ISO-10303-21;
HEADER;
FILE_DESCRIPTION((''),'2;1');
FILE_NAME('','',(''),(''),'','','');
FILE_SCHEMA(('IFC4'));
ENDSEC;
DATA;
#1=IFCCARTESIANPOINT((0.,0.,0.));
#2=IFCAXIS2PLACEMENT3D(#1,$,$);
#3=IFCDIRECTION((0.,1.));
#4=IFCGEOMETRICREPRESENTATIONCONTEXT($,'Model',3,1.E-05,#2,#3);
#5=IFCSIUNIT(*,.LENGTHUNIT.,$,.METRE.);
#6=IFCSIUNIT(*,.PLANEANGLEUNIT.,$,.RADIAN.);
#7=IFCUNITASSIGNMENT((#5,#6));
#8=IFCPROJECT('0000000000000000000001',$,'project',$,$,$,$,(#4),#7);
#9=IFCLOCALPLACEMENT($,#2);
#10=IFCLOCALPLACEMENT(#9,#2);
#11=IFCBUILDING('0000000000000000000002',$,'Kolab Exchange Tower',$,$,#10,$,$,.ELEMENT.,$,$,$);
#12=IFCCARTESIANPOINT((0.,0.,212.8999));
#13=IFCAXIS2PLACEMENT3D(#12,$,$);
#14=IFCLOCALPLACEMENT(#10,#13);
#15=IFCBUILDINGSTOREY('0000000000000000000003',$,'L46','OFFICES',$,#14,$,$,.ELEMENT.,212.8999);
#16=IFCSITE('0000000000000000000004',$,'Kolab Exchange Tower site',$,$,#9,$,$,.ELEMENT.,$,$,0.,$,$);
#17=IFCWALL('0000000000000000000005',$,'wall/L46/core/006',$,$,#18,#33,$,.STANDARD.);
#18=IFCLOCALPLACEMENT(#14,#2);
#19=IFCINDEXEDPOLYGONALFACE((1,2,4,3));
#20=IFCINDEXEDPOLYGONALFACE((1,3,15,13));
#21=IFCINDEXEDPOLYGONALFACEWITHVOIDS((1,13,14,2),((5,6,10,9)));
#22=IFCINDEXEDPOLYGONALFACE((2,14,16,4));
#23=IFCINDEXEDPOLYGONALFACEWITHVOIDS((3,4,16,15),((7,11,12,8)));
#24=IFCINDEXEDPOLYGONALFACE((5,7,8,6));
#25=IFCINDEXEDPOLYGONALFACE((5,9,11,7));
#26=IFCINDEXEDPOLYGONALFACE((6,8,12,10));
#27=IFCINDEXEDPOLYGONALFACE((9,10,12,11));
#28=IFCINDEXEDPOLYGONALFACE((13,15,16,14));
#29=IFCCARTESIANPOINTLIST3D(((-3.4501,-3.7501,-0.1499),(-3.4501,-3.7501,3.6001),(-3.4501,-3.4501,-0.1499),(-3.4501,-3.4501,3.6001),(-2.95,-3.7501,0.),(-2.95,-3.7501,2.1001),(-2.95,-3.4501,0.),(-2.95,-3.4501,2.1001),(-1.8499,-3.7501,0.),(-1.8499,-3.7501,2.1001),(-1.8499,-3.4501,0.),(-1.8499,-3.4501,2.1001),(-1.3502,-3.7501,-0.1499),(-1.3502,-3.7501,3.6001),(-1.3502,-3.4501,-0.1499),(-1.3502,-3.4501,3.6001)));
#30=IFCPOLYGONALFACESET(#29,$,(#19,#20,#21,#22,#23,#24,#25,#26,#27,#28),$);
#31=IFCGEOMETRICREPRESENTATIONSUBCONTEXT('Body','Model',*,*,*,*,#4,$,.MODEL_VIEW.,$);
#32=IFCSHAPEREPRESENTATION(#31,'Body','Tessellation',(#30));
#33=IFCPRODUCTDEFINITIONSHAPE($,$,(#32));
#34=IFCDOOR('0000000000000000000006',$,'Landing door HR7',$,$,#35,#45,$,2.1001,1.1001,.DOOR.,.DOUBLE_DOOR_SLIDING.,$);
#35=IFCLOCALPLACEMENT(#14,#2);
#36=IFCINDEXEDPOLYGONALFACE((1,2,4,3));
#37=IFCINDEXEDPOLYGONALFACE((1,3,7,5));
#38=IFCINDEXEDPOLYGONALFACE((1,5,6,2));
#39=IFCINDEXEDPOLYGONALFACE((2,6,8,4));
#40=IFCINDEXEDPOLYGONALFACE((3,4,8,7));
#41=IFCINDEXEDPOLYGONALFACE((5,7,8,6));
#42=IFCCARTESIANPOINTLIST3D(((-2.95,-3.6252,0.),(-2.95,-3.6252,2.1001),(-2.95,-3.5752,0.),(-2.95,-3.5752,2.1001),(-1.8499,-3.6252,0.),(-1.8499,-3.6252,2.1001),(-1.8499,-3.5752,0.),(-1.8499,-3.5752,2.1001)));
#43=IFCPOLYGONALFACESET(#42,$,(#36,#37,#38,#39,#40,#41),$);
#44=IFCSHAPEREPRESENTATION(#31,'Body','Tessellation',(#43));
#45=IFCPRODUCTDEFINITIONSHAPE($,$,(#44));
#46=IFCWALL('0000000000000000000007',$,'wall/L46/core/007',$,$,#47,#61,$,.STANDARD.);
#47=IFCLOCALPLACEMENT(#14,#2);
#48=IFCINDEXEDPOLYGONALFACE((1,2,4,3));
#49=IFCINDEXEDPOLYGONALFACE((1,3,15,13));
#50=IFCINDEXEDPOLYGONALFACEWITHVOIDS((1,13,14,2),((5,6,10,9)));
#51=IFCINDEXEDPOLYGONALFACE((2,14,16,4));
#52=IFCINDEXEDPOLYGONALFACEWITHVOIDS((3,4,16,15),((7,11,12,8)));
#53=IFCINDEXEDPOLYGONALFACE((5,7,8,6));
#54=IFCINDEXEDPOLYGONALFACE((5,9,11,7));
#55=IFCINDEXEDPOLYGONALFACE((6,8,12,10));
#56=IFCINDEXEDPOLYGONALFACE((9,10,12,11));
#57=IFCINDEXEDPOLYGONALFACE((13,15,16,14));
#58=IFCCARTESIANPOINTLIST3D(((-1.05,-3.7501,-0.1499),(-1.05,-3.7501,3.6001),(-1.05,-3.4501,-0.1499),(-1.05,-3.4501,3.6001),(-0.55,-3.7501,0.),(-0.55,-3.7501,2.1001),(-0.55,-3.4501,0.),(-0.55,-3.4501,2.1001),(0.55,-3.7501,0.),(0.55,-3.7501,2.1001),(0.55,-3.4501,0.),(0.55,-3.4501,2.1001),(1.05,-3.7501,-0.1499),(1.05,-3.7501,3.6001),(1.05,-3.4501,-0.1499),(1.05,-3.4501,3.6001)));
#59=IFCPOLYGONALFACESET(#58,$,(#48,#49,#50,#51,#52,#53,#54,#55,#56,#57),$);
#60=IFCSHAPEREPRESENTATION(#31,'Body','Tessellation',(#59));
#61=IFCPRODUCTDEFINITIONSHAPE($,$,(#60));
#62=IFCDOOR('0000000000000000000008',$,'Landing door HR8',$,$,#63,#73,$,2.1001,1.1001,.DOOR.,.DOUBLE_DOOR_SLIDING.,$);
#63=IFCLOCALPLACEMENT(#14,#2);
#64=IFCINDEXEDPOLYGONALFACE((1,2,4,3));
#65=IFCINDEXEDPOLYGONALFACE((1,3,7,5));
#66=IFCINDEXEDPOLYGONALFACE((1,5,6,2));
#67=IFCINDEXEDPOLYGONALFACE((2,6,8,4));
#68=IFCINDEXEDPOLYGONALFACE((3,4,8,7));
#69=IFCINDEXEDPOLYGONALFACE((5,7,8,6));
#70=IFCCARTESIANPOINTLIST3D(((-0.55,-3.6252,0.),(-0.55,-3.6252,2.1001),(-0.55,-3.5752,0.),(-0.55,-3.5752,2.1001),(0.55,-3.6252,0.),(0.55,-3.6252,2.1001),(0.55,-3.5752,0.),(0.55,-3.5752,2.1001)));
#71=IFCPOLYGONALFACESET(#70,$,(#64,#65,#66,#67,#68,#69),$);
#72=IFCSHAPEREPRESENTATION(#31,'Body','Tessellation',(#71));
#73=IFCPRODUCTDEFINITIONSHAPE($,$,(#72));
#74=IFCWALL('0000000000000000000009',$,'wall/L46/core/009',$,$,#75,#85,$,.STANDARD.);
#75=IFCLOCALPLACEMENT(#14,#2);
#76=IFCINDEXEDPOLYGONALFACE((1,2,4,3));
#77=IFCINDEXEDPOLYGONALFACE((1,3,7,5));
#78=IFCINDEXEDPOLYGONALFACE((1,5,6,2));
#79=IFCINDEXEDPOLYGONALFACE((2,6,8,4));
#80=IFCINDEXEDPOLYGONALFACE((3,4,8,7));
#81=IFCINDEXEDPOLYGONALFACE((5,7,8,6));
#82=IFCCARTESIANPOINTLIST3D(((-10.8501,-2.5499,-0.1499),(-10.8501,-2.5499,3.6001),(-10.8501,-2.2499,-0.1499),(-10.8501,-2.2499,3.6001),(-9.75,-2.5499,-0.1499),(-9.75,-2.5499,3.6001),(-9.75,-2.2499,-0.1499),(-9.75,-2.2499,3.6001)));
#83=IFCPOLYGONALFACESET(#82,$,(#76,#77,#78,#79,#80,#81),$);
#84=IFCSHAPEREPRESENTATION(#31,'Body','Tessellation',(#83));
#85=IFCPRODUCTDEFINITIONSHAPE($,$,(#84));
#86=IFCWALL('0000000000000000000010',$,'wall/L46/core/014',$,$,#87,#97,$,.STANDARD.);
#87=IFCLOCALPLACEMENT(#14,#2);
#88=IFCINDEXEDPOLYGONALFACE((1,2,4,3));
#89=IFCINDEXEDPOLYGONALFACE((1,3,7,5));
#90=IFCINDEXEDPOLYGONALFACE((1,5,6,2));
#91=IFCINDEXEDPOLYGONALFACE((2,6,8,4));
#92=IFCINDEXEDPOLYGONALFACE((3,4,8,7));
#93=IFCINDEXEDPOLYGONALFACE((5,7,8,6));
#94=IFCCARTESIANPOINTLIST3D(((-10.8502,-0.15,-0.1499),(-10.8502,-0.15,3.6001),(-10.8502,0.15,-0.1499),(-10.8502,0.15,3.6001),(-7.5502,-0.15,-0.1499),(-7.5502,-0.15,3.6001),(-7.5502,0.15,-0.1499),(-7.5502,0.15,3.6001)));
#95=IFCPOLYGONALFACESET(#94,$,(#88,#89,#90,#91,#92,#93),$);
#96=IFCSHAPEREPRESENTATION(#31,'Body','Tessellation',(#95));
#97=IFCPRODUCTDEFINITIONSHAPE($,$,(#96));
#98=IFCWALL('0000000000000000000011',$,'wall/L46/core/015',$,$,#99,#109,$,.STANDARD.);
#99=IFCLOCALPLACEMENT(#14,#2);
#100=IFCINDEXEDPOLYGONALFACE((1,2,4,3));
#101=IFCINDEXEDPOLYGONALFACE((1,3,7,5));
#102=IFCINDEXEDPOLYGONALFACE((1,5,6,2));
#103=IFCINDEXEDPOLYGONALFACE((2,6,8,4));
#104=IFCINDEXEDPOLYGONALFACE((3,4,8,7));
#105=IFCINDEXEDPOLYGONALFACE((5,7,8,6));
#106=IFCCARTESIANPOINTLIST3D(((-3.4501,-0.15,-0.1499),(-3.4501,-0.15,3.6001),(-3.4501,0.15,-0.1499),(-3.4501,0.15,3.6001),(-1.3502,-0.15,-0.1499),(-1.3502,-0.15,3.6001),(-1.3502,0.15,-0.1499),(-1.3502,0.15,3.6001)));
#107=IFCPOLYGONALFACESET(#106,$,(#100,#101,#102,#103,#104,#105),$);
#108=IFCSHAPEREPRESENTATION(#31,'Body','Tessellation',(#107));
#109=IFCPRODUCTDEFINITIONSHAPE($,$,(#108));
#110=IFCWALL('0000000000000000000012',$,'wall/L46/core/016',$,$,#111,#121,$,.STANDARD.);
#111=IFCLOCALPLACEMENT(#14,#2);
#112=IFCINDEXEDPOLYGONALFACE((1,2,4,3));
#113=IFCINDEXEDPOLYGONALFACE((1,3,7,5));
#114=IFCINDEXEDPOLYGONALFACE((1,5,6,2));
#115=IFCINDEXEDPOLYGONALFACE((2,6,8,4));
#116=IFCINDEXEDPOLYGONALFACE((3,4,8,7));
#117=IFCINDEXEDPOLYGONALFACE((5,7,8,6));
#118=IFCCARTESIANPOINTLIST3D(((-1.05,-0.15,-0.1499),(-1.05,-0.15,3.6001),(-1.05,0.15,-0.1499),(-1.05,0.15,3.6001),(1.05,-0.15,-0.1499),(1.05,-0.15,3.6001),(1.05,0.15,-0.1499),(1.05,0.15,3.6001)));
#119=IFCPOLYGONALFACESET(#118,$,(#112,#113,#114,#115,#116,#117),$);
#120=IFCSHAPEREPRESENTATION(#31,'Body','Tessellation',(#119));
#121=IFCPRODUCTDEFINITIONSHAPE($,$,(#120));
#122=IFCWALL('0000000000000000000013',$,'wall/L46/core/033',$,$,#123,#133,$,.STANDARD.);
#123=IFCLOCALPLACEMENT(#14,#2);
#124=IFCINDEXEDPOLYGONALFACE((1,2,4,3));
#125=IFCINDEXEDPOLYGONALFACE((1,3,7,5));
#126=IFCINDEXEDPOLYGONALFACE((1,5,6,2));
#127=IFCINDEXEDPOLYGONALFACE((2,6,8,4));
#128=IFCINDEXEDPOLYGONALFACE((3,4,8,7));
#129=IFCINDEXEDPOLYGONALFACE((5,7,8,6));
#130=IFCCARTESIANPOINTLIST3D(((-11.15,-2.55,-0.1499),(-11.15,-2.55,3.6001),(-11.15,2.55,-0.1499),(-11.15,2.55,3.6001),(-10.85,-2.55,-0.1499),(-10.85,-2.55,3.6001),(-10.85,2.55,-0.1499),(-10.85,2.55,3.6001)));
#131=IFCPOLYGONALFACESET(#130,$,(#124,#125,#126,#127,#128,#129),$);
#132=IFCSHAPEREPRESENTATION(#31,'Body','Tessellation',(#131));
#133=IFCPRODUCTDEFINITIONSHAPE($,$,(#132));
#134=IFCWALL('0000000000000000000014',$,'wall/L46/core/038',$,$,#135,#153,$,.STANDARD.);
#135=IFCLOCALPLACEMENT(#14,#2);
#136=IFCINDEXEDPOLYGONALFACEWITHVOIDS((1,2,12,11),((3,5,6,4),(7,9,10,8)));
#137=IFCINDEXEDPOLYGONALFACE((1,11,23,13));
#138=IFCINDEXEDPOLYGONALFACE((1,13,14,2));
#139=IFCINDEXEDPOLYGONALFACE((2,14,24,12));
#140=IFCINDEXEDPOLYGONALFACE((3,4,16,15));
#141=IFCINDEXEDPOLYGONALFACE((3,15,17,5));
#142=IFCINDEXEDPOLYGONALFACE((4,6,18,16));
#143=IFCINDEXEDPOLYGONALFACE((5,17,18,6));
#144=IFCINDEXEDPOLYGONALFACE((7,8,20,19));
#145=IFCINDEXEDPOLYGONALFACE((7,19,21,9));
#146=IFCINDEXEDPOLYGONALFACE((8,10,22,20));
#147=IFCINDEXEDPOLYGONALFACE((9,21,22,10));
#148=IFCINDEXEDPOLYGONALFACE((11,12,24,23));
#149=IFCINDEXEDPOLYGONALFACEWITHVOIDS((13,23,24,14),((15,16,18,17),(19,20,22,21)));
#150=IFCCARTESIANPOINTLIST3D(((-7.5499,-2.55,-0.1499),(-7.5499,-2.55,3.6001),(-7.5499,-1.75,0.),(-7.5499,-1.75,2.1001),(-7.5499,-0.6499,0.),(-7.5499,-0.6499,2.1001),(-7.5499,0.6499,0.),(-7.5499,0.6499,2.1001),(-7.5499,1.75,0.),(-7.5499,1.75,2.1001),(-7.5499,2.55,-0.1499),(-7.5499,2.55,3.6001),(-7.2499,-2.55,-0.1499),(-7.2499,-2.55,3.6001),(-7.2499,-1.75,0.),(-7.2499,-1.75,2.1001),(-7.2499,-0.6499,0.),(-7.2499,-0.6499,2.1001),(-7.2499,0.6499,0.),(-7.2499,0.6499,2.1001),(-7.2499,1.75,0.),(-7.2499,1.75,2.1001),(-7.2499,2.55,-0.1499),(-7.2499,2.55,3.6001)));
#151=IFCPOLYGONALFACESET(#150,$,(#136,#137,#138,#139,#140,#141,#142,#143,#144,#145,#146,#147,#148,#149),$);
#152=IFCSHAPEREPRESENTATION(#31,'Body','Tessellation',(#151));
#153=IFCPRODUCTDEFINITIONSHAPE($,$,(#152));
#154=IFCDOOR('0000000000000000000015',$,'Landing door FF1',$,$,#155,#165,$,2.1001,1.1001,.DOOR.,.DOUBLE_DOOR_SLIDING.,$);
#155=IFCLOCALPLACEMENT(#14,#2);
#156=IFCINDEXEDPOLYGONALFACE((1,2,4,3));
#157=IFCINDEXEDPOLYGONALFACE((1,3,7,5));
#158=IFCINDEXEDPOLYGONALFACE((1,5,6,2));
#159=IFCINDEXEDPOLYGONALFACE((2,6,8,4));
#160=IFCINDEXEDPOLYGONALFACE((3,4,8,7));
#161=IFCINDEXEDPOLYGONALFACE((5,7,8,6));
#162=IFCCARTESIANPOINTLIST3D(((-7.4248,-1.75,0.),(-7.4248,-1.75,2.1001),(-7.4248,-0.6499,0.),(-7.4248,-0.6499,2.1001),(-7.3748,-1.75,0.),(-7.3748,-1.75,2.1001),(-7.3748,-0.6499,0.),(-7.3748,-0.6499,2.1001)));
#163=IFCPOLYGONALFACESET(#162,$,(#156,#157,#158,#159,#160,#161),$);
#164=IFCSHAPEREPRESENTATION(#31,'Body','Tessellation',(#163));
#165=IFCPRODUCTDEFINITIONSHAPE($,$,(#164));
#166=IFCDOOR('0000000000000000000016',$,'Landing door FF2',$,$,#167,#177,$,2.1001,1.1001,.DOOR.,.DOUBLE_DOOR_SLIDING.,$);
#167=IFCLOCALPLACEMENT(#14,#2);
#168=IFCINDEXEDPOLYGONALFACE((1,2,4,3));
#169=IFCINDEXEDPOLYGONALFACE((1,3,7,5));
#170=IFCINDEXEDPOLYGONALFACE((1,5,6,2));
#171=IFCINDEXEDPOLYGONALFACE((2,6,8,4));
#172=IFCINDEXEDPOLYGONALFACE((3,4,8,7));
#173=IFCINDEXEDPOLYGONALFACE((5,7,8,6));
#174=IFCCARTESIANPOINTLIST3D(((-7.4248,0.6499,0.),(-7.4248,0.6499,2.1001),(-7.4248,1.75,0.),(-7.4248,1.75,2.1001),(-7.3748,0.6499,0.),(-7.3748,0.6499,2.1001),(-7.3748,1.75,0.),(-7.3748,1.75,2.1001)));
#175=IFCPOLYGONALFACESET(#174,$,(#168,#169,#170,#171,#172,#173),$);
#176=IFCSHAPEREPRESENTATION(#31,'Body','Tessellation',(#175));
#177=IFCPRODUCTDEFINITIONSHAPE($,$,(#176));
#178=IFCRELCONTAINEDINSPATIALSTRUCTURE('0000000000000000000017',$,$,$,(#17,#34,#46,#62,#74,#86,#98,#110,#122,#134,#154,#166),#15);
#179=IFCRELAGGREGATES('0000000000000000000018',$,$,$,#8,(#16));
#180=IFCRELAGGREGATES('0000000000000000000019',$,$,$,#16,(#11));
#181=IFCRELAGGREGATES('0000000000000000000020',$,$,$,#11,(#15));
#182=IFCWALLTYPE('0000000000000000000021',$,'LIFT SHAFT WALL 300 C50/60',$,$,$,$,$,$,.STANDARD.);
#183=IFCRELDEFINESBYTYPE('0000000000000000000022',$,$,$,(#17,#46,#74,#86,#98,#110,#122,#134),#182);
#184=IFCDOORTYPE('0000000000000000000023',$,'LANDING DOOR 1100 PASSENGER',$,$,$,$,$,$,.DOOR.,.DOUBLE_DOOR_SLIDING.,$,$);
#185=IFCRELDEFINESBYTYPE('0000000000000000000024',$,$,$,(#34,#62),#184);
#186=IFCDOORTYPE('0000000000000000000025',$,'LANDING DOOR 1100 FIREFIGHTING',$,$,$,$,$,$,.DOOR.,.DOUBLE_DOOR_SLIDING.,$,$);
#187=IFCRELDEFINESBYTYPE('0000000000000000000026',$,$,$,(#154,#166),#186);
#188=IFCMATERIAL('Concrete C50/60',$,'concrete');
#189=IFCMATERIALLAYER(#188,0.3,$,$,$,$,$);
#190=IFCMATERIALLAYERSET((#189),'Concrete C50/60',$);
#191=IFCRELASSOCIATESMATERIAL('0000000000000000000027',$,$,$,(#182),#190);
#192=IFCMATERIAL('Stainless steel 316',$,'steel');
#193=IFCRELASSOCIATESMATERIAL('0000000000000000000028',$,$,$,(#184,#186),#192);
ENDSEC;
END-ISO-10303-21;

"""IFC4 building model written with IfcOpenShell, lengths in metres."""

from ifc_helpers import new_model, si_unit, direction, frame, frame_2d, origin, place, context, subcontext, project, spatial, rectangle, extrude, material, layer, layer_set, type_object, element, fill, save


model = new_model("IFC4")

# Units and contexts
model_context = context("Model", 3, precision=1e-05, world=origin(), true_north=direction((0.0, 1.0)))
body_context = subcontext(model_context, "Body", "Model", "MODEL_VIEW")
ifc_project = project(units=[si_unit("LENGTHUNIT", "METRE"), si_unit("PLANEANGLEUNIT", "RADIAN")], contexts=[model_context])

# Site, building, storey
site_placement = place(None, origin())
site = spatial("IfcSite", under=ifc_project, at=site_placement, Name="Kolab Exchange Tower site", CompositionType="ELEMENT", RefElevation=0.0)
building_placement = place(site_placement, origin())
building = spatial("IfcBuilding", under=site, at=building_placement, Name="Kolab Exchange Tower", CompositionType="ELEMENT")
storey_placement = place(building_placement, frame((0.0, 0.0, 212.8999)))
storey = spatial("IfcBuildingStorey", under=building, at=storey_placement, Name="L46", Description="OFFICES", CompositionType="ELEMENT", Elevation=212.8999)

# Walls, openings, doors
ifc_material_1 = material(Name="Concrete C50/60", Category="concrete")
ifc_layer_1 = layer(ifc_material_1, 0.3)
ifc_layer_set_1 = layer_set([ifc_layer_1], Name="Concrete C50/60")
wall_type_1 = type_object("IfcWallType", Name="LIFT SHAFT WALL 300 C50/60", PredefinedType="STANDARD", material=ifc_layer_set_1)
wall_1_placement = place(storey_placement, frame((-3.45, -3.6001, -0.1499), z_axis=(0.0, 0.0, 1.0), x_axis=(1.0, 0.0, 0.0)))
wall_1 = element("IfcWall", 1, at=wall_1_placement, inside=storey, type_object=wall_type_1, Name="wall/L46/core/006", PredefinedType="STANDARD", context=body_context, shape_type="SweptSolid", body=[
    extrude(rectangle(XDim=2.0999, YDim=0.3, at=frame_2d((1.0498, 0.0))), origin(), (0.0, 0.0, 1.0), 3.75),
])
opening_1_placement = place(wall_1_placement, frame((0.5, 0.0, 0.1499)))
opening_1 = element("IfcOpeningElement", 2, at=opening_1_placement, cuts=wall_1, PredefinedType="OPENING", context=body_context, shape_type="SweptSolid", body=[
    extrude(rectangle(XDim=1.1001, YDim=2.1001, at=frame_2d((0.55, 1.05))), frame((0.0, 0.1602, 0.0), z_axis=(0.0, -1.0, 0.0), x_axis=(1.0, 0.0, 0.0)), (0.0, 0.0, 1.0), 0.3201),
])
ifc_material_2 = material(Name="Stainless steel 316", Category="steel")
door_type_1 = type_object("IfcDoorType", Name="LANDING DOOR 1100 PASSENGER", OperationType="DOUBLE_DOOR_SLIDING", PredefinedType="DOOR", material=ifc_material_2)
door_1_placement = place(opening_1_placement, origin())
door_1 = element("IfcDoor", 3, at=door_1_placement, inside=storey, type_object=door_type_1, Name="Landing door HR7", OperationType="DOUBLE_DOOR_SLIDING", OverallHeight=2.1001, OverallWidth=1.1001, PredefinedType="DOOR", context=body_context, shape_type="SweptSolid", body=[
    extrude(rectangle(XDim=1.1001, YDim=2.1001, at=frame_2d((0.55, 1.05))), frame((0.0, 0.0249, 0.0), z_axis=(0.0, -1.0, 0.0), x_axis=(1.0, 0.0, 0.0)), (0.0, 0.0, 1.0), 0.05),
])
fill(opening_1, door_1)
wall_2_placement = place(storey_placement, frame((-1.05, -3.6001, -0.1499), z_axis=(0.0, 0.0, 1.0), x_axis=(1.0, 0.0, 0.0)))
wall_2 = element("IfcWall", 4, at=wall_2_placement, inside=storey, type_object=wall_type_1, Name="wall/L46/core/007", PredefinedType="STANDARD", context=body_context, shape_type="SweptSolid", body=[
    extrude(rectangle(XDim=2.1001, YDim=0.3, at=frame_2d((1.05, 0.0))), origin(), (0.0, 0.0, 1.0), 3.75),
])
opening_2_placement = place(wall_2_placement, frame((0.5, 0.0, 0.1499)))
opening_2 = element("IfcOpeningElement", 5, at=opening_2_placement, cuts=wall_2, PredefinedType="OPENING", context=body_context, shape_type="SweptSolid", body=[
    extrude(rectangle(XDim=1.1001, YDim=2.1001, at=frame_2d((0.55, 1.05))), frame((0.0, 0.1602, 0.0), z_axis=(0.0, -1.0, 0.0), x_axis=(1.0, 0.0, 0.0)), (0.0, 0.0, 1.0), 0.3201),
])
door_2_placement = place(opening_2_placement, origin())
door_2 = element("IfcDoor", 6, at=door_2_placement, inside=storey, type_object=door_type_1, Name="Landing door HR8", OperationType="DOUBLE_DOOR_SLIDING", OverallHeight=2.1001, OverallWidth=1.1001, PredefinedType="DOOR", context=body_context, shape_type="SweptSolid", body=[
    extrude(rectangle(XDim=1.1001, YDim=2.1001, at=frame_2d((0.55, 1.05))), frame((0.0, 0.0249, 0.0), z_axis=(0.0, -1.0, 0.0), x_axis=(1.0, 0.0, 0.0)), (0.0, 0.0, 1.0), 0.05),
])
fill(opening_2, door_2)

# Walls
wall_3_placement = place(storey_placement, frame((-10.8501, -2.3999, -0.1499), z_axis=(0.0, 0.0, 1.0), x_axis=(1.0, 0.0, 0.0)))
element("IfcWall", 7, at=wall_3_placement, inside=storey, type_object=wall_type_1, Name="wall/L46/core/009", PredefinedType="STANDARD", context=body_context, shape_type="SweptSolid", body=[
    extrude(rectangle(XDim=1.1001, YDim=0.3, at=frame_2d((0.55, 0.0))), origin(), (0.0, 0.0, 1.0), 3.75),
])
wall_4_placement = place(storey_placement, frame((-10.8501, 0.0, -0.1499), z_axis=(0.0, 0.0, 1.0), x_axis=(1.0, 0.0, 0.0)))
element("IfcWall", 8, at=wall_4_placement, inside=storey, type_object=wall_type_1, Name="wall/L46/core/014", PredefinedType="STANDARD", context=body_context, shape_type="SweptSolid", body=[
    extrude(rectangle(XDim=3.3, YDim=0.3, at=frame_2d((1.6499, 0.0))), origin(), (0.0, 0.0, 1.0), 3.75),
])
wall_5_placement = place(storey_placement, frame((-3.45, 0.0, -0.1499), z_axis=(0.0, 0.0, 1.0), x_axis=(1.0, 0.0, 0.0)))
element("IfcWall", 9, at=wall_5_placement, inside=storey, type_object=wall_type_1, Name="wall/L46/core/015", PredefinedType="STANDARD", context=body_context, shape_type="SweptSolid", body=[
    extrude(rectangle(XDim=2.0999, YDim=0.3, at=frame_2d((1.0498, 0.0))), origin(), (0.0, 0.0, 1.0), 3.75),
])
wall_6_placement = place(storey_placement, frame((-1.05, 0.0, -0.1499), z_axis=(0.0, 0.0, 1.0), x_axis=(1.0, 0.0, 0.0)))
element("IfcWall", 10, at=wall_6_placement, inside=storey, type_object=wall_type_1, Name="wall/L46/core/016", PredefinedType="STANDARD", context=body_context, shape_type="SweptSolid", body=[
    extrude(rectangle(XDim=2.1001, YDim=0.3, at=frame_2d((1.05, 0.0))), origin(), (0.0, 0.0, 1.0), 3.75),
])
wall_7_placement = place(storey_placement, frame((-11.0, -2.55, -0.1499), z_axis=(0.0, 0.0, 1.0), x_axis=(0.0, 1.0, 0.0)))
element("IfcWall", 11, at=wall_7_placement, inside=storey, type_object=wall_type_1, Name="wall/L46/core/033", PredefinedType="STANDARD", context=body_context, shape_type="SweptSolid", body=[
    extrude(rectangle(XDim=5.1001, YDim=0.3, at=frame_2d((2.55, 0.0))), origin(), (0.0, 0.0, 1.0), 3.75),
])

# Wall, openings, doors
wall_8_placement = place(storey_placement, frame((-7.3999, -2.55, -0.1499), z_axis=(0.0, 0.0, 1.0), x_axis=(0.0, 1.0, 0.0)))
wall_8 = element("IfcWall", 12, at=wall_8_placement, inside=storey, type_object=wall_type_1, Name="wall/L46/core/038", PredefinedType="STANDARD", context=body_context, shape_type="SweptSolid", body=[
    extrude(rectangle(XDim=5.1001, YDim=0.3, at=frame_2d((2.55, 0.0))), origin(), (0.0, 0.0, 1.0), 3.75),
])
opening_3_placement = place(wall_8_placement, frame((0.8, 0.0, 0.1499)))
opening_3 = element("IfcOpeningElement", 13, at=opening_3_placement, cuts=wall_8, PredefinedType="OPENING", context=body_context, shape_type="SweptSolid", body=[
    extrude(rectangle(XDim=1.1001, YDim=2.1001, at=frame_2d((0.55, 1.05))), frame((0.0, 0.1602, 0.0), z_axis=(0.0, -1.0, 0.0), x_axis=(1.0, 0.0, 0.0)), (0.0, 0.0, 1.0), 0.3201),
])
opening_4_placement = place(wall_8_placement, frame((3.2, 0.0, 0.1499)))
opening_4 = element("IfcOpeningElement", 14, at=opening_4_placement, cuts=wall_8, PredefinedType="OPENING", context=body_context, shape_type="SweptSolid", body=[
    extrude(rectangle(XDim=1.1001, YDim=2.1001, at=frame_2d((0.55, 1.05))), frame((0.0, 0.1602, 0.0), z_axis=(0.0, -1.0, 0.0), x_axis=(1.0, 0.0, 0.0)), (0.0, 0.0, 1.0), 0.3201),
])
door_type_2 = type_object("IfcDoorType", Name="LANDING DOOR 1100 FIREFIGHTING", OperationType="DOUBLE_DOOR_SLIDING", PredefinedType="DOOR", material=ifc_material_2)
door_3_placement = place(opening_3_placement, origin())
door_3 = element("IfcDoor", 15, at=door_3_placement, inside=storey, type_object=door_type_2, Name="Landing door FF1", OperationType="DOUBLE_DOOR_SLIDING", OverallHeight=2.1001, OverallWidth=1.1001, PredefinedType="DOOR", context=body_context, shape_type="SweptSolid", body=[
    extrude(rectangle(XDim=1.1001, YDim=2.1001, at=frame_2d((0.55, 1.05))), frame((0.0, 0.0249, 0.0), z_axis=(0.0, -1.0, 0.0), x_axis=(1.0, 0.0, 0.0)), (0.0, 0.0, 1.0), 0.05),
])
fill(opening_3, door_3)
door_4_placement = place(opening_4_placement, origin())
door_4 = element("IfcDoor", 16, at=door_4_placement, inside=storey, type_object=door_type_2, Name="Landing door FF2", OperationType="DOUBLE_DOOR_SLIDING", OverallHeight=2.1001, OverallWidth=1.1001, PredefinedType="DOOR", context=body_context, shape_type="SweptSolid", body=[
    extrude(rectangle(XDim=1.1001, YDim=2.1001, at=frame_2d((0.55, 1.05))), frame((0.0, 0.0249, 0.0), z_axis=(0.0, -1.0, 0.0), x_axis=(1.0, 0.0, 0.0)), (0.0, 0.0, 1.0), 0.05),
])
fill(opening_4, door_4)

save(model, "model.ifc")
